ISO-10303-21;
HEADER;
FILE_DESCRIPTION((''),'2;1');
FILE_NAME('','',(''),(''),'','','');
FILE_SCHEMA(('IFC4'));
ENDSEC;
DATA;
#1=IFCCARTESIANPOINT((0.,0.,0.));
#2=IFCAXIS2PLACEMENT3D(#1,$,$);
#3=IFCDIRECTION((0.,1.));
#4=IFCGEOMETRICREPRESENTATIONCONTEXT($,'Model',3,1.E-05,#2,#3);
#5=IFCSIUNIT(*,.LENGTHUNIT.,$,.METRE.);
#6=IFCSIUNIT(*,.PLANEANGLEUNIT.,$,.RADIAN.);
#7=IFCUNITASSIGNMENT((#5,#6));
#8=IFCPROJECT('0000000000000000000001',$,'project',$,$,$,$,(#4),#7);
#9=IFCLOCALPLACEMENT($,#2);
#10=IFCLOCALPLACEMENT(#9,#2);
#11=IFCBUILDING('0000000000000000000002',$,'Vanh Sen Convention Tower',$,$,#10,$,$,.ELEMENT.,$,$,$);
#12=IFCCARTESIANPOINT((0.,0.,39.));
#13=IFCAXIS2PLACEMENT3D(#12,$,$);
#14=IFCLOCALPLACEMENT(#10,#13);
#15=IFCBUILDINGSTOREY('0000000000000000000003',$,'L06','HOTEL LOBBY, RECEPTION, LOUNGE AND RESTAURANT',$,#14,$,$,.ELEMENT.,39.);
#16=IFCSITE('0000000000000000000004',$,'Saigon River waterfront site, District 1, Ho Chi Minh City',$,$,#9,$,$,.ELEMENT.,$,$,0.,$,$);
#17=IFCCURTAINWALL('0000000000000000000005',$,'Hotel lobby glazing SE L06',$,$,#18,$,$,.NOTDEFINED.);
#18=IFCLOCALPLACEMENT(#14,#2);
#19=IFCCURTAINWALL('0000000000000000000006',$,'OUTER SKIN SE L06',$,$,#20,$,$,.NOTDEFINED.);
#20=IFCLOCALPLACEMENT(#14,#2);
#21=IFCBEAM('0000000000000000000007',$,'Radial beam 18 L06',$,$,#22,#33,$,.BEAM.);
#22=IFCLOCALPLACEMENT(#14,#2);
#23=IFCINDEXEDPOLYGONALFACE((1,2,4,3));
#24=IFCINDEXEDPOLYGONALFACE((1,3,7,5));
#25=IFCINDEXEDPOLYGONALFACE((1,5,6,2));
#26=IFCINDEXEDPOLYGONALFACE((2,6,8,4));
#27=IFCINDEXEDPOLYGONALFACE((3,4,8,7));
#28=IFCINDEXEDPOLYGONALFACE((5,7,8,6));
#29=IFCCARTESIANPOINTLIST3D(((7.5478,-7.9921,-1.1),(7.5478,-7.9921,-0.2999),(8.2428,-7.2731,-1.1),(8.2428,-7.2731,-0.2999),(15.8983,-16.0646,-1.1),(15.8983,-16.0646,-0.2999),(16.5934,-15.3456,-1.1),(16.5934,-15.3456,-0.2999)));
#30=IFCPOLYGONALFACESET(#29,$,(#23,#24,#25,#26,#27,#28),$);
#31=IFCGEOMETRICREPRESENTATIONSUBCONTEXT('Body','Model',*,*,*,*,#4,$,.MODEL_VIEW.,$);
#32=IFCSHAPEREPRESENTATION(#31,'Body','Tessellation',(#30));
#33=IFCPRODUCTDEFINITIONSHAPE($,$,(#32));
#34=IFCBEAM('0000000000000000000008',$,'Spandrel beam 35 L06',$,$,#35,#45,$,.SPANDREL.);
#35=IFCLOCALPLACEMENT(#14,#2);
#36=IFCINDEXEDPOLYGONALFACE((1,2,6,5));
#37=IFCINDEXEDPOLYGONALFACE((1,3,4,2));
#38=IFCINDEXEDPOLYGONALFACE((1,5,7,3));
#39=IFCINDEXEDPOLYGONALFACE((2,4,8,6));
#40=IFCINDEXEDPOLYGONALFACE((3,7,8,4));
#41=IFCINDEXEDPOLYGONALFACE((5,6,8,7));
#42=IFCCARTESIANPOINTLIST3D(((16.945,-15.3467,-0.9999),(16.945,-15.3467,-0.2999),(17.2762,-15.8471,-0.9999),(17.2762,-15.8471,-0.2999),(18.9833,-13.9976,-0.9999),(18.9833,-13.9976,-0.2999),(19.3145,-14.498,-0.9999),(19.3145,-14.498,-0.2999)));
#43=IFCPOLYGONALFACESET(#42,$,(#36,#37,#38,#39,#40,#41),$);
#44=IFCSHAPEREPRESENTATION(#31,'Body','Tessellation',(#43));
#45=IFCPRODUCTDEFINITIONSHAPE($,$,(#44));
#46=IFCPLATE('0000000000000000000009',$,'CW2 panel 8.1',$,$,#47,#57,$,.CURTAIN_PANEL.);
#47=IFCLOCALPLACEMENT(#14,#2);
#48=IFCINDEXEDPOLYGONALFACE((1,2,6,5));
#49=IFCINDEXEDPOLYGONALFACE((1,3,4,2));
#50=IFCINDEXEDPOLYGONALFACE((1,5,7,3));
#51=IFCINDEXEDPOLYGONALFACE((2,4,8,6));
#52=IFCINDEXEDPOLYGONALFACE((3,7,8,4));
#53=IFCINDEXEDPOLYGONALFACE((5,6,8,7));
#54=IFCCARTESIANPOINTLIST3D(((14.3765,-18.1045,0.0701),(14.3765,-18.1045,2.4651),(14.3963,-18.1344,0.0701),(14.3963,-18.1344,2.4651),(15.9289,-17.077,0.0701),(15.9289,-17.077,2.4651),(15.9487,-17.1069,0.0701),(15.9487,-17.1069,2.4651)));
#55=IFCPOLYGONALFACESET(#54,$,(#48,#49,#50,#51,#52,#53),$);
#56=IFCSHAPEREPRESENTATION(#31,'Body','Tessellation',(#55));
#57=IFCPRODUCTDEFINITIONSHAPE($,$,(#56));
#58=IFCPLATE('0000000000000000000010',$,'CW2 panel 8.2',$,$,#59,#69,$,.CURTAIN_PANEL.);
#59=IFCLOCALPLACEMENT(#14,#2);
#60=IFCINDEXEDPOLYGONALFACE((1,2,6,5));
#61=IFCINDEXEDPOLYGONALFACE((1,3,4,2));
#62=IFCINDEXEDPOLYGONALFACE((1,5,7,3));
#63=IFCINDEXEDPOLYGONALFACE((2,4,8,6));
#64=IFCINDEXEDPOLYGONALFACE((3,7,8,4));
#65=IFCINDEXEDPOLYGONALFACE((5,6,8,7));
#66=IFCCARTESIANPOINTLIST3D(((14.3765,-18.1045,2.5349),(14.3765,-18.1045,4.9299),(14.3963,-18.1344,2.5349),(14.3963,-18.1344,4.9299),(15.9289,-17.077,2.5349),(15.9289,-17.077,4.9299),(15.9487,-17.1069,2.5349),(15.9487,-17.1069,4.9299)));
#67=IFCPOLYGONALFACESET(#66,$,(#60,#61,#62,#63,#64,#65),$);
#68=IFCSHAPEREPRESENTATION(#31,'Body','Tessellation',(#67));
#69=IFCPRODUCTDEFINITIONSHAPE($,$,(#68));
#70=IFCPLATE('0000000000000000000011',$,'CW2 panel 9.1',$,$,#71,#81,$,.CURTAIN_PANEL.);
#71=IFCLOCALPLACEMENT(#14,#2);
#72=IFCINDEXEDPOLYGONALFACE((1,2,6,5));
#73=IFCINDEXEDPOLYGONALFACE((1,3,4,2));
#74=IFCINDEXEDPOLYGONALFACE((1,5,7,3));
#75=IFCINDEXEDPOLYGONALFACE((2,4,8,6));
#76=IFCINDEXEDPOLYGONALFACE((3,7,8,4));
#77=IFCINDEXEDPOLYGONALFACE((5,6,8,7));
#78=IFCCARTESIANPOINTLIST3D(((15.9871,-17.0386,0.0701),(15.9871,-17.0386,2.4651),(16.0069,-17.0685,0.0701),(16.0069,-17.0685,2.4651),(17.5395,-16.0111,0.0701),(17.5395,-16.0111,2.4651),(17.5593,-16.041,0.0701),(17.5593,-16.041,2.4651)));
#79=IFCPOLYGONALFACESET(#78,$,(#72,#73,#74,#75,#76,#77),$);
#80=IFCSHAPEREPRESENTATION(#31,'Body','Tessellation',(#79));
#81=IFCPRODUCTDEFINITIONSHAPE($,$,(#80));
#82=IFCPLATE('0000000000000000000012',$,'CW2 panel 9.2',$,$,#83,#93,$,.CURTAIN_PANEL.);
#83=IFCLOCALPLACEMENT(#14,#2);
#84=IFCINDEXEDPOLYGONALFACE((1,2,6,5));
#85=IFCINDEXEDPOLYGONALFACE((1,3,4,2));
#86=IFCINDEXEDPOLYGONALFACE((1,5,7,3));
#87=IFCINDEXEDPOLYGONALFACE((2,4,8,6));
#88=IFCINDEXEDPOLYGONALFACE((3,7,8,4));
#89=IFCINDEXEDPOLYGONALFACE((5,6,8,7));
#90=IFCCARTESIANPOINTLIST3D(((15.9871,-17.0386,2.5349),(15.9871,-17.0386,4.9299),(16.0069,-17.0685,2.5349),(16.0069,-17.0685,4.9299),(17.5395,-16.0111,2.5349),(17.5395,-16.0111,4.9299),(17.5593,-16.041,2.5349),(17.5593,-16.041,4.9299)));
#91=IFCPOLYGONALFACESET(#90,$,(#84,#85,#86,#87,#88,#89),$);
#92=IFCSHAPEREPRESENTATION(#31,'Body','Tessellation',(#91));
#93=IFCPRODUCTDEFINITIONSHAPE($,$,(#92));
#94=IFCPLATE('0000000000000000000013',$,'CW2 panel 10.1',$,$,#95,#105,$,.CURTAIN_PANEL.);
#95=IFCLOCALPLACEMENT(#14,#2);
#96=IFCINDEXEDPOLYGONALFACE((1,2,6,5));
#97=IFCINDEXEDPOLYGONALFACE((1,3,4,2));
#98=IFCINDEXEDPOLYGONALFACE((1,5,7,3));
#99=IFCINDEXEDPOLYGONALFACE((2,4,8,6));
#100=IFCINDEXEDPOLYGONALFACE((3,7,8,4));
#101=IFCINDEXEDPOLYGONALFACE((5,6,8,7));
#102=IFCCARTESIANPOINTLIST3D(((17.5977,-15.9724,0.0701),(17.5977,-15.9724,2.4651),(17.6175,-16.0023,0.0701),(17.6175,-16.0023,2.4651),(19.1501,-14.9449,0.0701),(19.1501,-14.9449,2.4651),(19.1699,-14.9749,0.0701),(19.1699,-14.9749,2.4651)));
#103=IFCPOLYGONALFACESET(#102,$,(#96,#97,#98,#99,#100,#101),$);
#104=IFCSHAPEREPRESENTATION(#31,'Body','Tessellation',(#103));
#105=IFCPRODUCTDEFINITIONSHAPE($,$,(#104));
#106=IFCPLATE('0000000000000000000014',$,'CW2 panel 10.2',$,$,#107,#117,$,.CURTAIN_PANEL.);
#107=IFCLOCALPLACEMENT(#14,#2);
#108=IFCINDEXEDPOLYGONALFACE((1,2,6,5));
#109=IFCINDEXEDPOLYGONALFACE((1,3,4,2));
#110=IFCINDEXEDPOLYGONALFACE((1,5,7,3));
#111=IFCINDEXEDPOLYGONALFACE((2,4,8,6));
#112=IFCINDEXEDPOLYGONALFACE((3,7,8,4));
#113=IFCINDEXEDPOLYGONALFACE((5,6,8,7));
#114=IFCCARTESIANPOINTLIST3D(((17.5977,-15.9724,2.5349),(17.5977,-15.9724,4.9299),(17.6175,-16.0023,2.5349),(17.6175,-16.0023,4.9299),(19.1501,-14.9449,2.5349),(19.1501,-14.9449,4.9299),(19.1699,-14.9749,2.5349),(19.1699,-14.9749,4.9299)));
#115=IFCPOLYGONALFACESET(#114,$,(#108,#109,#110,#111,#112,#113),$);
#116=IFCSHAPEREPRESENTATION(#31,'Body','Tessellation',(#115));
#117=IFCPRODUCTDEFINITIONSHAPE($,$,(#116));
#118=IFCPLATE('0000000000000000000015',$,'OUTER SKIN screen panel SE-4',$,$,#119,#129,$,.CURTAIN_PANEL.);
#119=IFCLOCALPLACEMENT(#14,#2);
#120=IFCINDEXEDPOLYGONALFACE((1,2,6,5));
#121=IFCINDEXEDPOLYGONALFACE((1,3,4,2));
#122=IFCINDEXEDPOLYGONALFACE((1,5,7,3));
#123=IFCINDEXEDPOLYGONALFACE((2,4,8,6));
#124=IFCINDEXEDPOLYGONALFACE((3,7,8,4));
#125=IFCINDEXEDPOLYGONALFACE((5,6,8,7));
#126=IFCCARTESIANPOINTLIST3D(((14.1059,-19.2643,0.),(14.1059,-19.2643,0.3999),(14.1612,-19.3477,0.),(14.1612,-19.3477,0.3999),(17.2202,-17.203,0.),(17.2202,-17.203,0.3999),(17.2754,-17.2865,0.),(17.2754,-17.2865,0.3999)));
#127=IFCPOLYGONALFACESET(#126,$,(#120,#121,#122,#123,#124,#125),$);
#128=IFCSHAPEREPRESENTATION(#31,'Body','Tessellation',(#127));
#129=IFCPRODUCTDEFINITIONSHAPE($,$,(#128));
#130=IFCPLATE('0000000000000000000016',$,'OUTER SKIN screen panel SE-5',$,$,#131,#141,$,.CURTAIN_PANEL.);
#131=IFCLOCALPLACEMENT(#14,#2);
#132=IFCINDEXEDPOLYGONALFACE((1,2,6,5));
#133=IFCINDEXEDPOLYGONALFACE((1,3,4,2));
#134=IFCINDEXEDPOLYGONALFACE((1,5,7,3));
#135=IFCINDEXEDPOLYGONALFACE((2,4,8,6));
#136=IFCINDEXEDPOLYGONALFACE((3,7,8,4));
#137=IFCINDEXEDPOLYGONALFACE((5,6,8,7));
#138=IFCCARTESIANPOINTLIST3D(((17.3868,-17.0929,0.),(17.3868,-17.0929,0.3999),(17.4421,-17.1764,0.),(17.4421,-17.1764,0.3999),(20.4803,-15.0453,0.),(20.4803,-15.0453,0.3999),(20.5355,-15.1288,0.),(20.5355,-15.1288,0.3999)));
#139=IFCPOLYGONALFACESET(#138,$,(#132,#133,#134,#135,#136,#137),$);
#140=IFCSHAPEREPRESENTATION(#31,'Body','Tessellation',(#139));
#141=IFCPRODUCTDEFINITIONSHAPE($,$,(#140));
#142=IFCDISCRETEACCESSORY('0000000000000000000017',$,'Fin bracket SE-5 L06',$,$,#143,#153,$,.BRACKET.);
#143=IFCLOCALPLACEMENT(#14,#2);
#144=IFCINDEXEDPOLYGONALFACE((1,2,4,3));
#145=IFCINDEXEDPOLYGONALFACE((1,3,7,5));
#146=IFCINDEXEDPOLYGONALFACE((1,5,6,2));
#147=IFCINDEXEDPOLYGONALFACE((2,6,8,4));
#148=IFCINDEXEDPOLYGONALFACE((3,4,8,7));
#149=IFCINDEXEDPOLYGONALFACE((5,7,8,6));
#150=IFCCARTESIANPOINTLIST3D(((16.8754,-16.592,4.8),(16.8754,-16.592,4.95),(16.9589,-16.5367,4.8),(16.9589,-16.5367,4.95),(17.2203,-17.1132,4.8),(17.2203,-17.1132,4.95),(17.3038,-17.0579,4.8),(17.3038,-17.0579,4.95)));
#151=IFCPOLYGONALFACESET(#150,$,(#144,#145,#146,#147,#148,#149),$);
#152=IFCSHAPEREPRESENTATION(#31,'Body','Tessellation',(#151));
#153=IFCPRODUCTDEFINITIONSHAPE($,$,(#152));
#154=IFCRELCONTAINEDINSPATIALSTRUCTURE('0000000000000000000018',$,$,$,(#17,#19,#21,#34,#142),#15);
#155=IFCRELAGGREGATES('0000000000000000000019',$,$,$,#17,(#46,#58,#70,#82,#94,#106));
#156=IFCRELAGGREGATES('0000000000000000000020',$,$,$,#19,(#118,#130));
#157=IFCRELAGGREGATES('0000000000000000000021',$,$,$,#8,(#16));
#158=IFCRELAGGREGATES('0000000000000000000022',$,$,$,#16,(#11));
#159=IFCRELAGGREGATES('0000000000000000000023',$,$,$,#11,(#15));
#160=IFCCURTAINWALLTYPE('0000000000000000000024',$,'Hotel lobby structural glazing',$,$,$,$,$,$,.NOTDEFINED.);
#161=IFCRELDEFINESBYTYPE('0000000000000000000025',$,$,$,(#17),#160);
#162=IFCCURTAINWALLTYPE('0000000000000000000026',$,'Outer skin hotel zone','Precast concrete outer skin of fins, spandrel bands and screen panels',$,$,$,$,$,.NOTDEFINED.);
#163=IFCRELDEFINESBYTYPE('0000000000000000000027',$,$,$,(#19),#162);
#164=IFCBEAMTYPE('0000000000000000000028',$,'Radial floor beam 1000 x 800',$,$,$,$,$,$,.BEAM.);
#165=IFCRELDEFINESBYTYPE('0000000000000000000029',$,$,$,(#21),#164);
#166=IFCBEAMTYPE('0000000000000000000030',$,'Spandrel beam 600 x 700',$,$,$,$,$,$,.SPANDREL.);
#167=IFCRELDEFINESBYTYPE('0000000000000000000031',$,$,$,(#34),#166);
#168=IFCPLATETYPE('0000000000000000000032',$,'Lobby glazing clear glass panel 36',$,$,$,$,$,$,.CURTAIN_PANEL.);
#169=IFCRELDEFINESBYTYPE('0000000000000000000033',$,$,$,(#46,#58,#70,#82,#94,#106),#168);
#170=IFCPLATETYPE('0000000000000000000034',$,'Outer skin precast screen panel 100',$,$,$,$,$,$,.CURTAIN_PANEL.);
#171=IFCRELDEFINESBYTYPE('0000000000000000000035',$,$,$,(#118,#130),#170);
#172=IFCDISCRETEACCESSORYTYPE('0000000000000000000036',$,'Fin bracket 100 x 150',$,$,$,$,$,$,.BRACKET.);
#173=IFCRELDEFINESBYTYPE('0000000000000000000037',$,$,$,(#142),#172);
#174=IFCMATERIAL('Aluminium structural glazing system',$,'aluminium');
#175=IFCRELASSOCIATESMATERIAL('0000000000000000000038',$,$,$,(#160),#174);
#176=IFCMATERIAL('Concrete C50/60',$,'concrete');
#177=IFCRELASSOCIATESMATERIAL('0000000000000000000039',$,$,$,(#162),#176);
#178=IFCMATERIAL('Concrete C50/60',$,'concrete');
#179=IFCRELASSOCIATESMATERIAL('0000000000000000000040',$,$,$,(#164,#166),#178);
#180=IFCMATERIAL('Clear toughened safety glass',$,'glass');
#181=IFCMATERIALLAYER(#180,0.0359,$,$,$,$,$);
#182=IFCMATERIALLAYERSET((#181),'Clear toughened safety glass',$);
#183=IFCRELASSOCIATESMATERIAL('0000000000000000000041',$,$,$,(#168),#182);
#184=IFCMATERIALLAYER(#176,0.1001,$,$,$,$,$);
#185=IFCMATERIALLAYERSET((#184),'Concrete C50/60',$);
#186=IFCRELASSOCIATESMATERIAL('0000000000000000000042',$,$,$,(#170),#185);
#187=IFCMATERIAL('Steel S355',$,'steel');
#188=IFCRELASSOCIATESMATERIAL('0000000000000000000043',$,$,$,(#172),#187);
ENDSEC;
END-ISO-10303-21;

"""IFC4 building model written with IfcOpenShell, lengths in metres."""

from ifc_helpers import new_model, si_unit, direction, frame, origin, origin_2d, place, context, subcontext, project, spatial, rectangle, extrude, material, layer, layer_set, material_profile, profile_set, type_object, element, aggregate, save


model = new_model("IFC4")

# Units and contexts
model_context = context("Model", 3, precision=1e-05, world=origin(), true_north=direction((0.0, 1.0)))
body_context = subcontext(model_context, "Body", "Model", "MODEL_VIEW")
ifc_project = project(units=[si_unit("LENGTHUNIT", "METRE"), si_unit("PLANEANGLEUNIT", "RADIAN")], contexts=[model_context])

# Site, building, storey
site_placement = place(None, origin())
site = spatial("IfcSite", under=ifc_project, at=site_placement, Name="Saigon River waterfront site, District 1, Ho Chi Minh City", CompositionType="ELEMENT", RefElevation=0.0)
building_placement = place(site_placement, origin())
building = spatial("IfcBuilding", under=site, at=building_placement, Name="Vanh Sen Convention Tower", CompositionType="ELEMENT")
storey_placement = place(building_placement, frame((0.0, 0.0, 39.0)))
storey = spatial("IfcBuildingStorey", under=building, at=storey_placement, Name="L06", Description="HOTEL LOBBY, RECEPTION, LOUNGE AND RESTAURANT", CompositionType="ELEMENT", Elevation=39.0)

# Curtain wall
ifc_material_1 = material(Name="Aluminium structural glazing system", Category="aluminium")
curtain_wall_type_1 = type_object("IfcCurtainWallType", Name="Hotel lobby structural glazing", PredefinedType="NOTDEFINED", material=ifc_material_1)
curtain_wall_1_placement = place(storey_placement, origin())
curtain_wall_1 = element("IfcCurtainWall", 1, at=curtain_wall_1_placement, inside=storey, type_object=curtain_wall_type_1, Name="Hotel lobby glazing SE L06", PredefinedType="NOTDEFINED")

# Curtain wall
ifc_material_2 = material(Name="Concrete C50/60", Category="concrete")
curtain_wall_type_2 = type_object("IfcCurtainWallType", Name="Outer skin hotel zone", Description="Precast concrete outer skin of fins, spandrel bands and screen panels", PredefinedType="NOTDEFINED", material=ifc_material_2)
curtain_wall_2_placement = place(storey_placement, origin())
curtain_wall_2 = element("IfcCurtainWall", 2, at=curtain_wall_2_placement, inside=storey, type_object=curtain_wall_type_2, Name="OUTER SKIN SE L06", PredefinedType="NOTDEFINED")

# Beams
ifc_material_3 = material(Name="Concrete C50/60", Category="concrete")
ifc_material_profile_1 = material_profile(ifc_material_3, rectangle(XDim=1.0, YDim=0.8, at=origin_2d()), Name="RC 1000X800")
ifc_profile_set_1 = profile_set([ifc_material_profile_1], Name="Concrete C50/60")
beam_type_1 = type_object("IfcBeamType", Name="Radial floor beam 1000 x 800", PredefinedType="BEAM", material=ifc_profile_set_1)
beam_1_placement = place(storey_placement, frame((16.2458, -15.7051, -0.7), z_axis=(-0.718976, 0.695034, 0.0), x_axis=(-0.695034, -0.718976, 0.0)))
element("IfcBeam", 3, at=beam_1_placement, inside=storey, type_object=beam_type_1, Name="Radial beam 18 L06", PredefinedType="BEAM", context=body_context, shape_type="SweptSolid", body=[
    extrude(rectangle(XDim=1.0, YDim=0.8, at=origin_2d()), origin(), (0.0, 0.0, 1.0), 11.6145),
])
ifc_material_profile_2 = material_profile(ifc_material_3, rectangle(XDim=0.6001, YDim=0.7, at=origin_2d()), Name="RC 600X700")
ifc_profile_set_2 = profile_set([ifc_material_profile_2], Name="Concrete C50/60")
beam_type_2 = type_object("IfcBeamType", Name="Spandrel beam 600 x 700", PredefinedType="SPANDREL", material=ifc_profile_set_2)
beam_2_placement = place(storey_placement, frame((17.1106, -15.5969, -0.6499), z_axis=(0.83389, 0.551931, 0.0), x_axis=(-0.551931, 0.83389, 0.0)))
element("IfcBeam", 4, at=beam_2_placement, inside=storey, type_object=beam_type_2, Name="Spandrel beam 35 L06", PredefinedType="SPANDREL", context=body_context, shape_type="SweptSolid", body=[
    extrude(rectangle(XDim=0.6001, YDim=0.7, at=origin_2d()), origin(), (0.0, 0.0, 1.0), 2.4443),
])

# Plates
ifc_material_4 = material(Name="Clear toughened safety glass", Category="glass")
ifc_layer_1 = layer(ifc_material_4, 0.0359)
ifc_layer_set_1 = layer_set([ifc_layer_1], Name="Clear toughened safety glass")
plate_type_1 = type_object("IfcPlateType", Name="Lobby glazing clear glass panel 36", PredefinedType="CURTAIN_PANEL", material=ifc_layer_set_1)
plate_1_placement = place(storey_placement, frame((15.1626, -17.6057, 0.0701), z_axis=(0.0, 0.0, 1.0), x_axis=(0.833886, 0.551937, 0.0)))
plate_1 = element("IfcPlate", 5, at=plate_1_placement, type_object=plate_type_1, Name="CW2 panel 8.1", PredefinedType="CURTAIN_PANEL", context=body_context, shape_type="SweptSolid", body=[
    extrude(rectangle(XDim=1.8616, YDim=0.0359, at=origin_2d()), origin(), (0.0, 0.0, 1.0), 2.395),
])
plate_2_placement = place(storey_placement, frame((15.1626, -17.6057, 2.5349), z_axis=(0.0, 0.0, 1.0), x_axis=(0.833886, 0.551937, 0.0)))
plate_2 = element("IfcPlate", 6, at=plate_2_placement, type_object=plate_type_1, Name="CW2 panel 8.2", PredefinedType="CURTAIN_PANEL", context=body_context, shape_type="SweptSolid", body=[
    extrude(rectangle(XDim=1.8616, YDim=0.0359, at=origin_2d()), origin(), (0.0, 0.0, 1.0), 2.395),
])
plate_3_placement = place(storey_placement, frame((16.7732, -16.5398, 0.0701), z_axis=(0.0, 0.0, 1.0), x_axis=(0.833886, 0.551937, 0.0)))
plate_3 = element("IfcPlate", 7, at=plate_3_placement, type_object=plate_type_1, Name="CW2 panel 9.1", PredefinedType="CURTAIN_PANEL", context=body_context, shape_type="SweptSolid", body=[
    extrude(rectangle(XDim=1.8616, YDim=0.0359, at=origin_2d()), origin(), (0.0, 0.0, 1.0), 2.395),
])
plate_4_placement = place(storey_placement, frame((16.7732, -16.5398, 2.5349), z_axis=(0.0, 0.0, 1.0), x_axis=(0.833886, 0.551937, 0.0)))
plate_4 = element("IfcPlate", 8, at=plate_4_placement, type_object=plate_type_1, Name="CW2 panel 9.2", PredefinedType="CURTAIN_PANEL", context=body_context, shape_type="SweptSolid", body=[
    extrude(rectangle(XDim=1.8616, YDim=0.0359, at=origin_2d()), origin(), (0.0, 0.0, 1.0), 2.395),
])
plate_5_placement = place(storey_placement, frame((18.3838, -15.4736, 0.0701), z_axis=(0.0, 0.0, 1.0), x_axis=(0.833886, 0.551937, 0.0)))
plate_5 = element("IfcPlate", 9, at=plate_5_placement, type_object=plate_type_1, Name="CW2 panel 10.1", PredefinedType="CURTAIN_PANEL", context=body_context, shape_type="SweptSolid", body=[
    extrude(rectangle(XDim=1.8616, YDim=0.0359, at=origin_2d()), origin(), (0.0, 0.0, 1.0), 2.395),
])
plate_6_placement = place(storey_placement, frame((18.3838, -15.4736, 2.5349), z_axis=(0.0, 0.0, 1.0), x_axis=(0.833886, 0.551937, 0.0)))
plate_6 = element("IfcPlate", 10, at=plate_6_placement, type_object=plate_type_1, Name="CW2 panel 10.2", PredefinedType="CURTAIN_PANEL", context=body_context, shape_type="SweptSolid", body=[
    extrude(rectangle(XDim=1.8616, YDim=0.0359, at=origin_2d()), origin(), (0.0, 0.0, 1.0), 2.395),
])
aggregate(curtain_wall_1, [plate_1, plate_2, plate_3, plate_4, plate_5, plate_6])
ifc_layer_2 = layer(ifc_material_2, 0.1001)
ifc_layer_set_2 = layer_set([ifc_layer_2], Name="Concrete C50/60")
plate_type_2 = type_object("IfcPlateType", Name="Outer skin precast screen panel 100", PredefinedType="CURTAIN_PANEL", material=ifc_layer_set_2)
plate_7_placement = place(storey_placement, frame((15.6907, -18.2754, 0.0), z_axis=(0.0, 0.0, 1.0), x_axis=(0.833892, 0.551928, 0.0)))
plate_7 = element("IfcPlate", 11, at=plate_7_placement, type_object=plate_type_2, Name="OUTER SKIN screen panel SE-4", PredefinedType="CURTAIN_PANEL", context=body_context, shape_type="SweptSolid", body=[
    extrude(rectangle(XDim=3.7346, YDim=0.1001, at=origin_2d()), origin(), (0.0, 0.0, 1.0), 0.3999),
])
plate_8_placement = place(storey_placement, frame((18.9612, -16.1108, 0.0), z_axis=(0.0, 0.0, 1.0), x_axis=(0.83388, 0.551946, 0.0)))
plate_8 = element("IfcPlate", 12, at=plate_8_placement, type_object=plate_type_2, Name="OUTER SKIN screen panel SE-5", PredefinedType="CURTAIN_PANEL", context=body_context, shape_type="SweptSolid", body=[
    extrude(rectangle(XDim=3.7097, YDim=0.1001, at=origin_2d()), origin(), (0.0, 0.0, 1.0), 0.3999),
])
aggregate(curtain_wall_2, [plate_7, plate_8])

# Discrete accessory
ifc_material_5 = material(Name="Steel S355", Category="steel")
discrete_accessory_type = type_object("IfcDiscreteAccessoryType", Name="Fin bracket 100 x 150", PredefinedType="BRACKET", material=ifc_material_5)
discrete_accessory_placement = place(storey_placement, frame((17.0896, -16.825, 4.8), z_axis=(0.0, 0.0, 1.0), x_axis=(0.551937, -0.833886, 0.0)))
element("IfcDiscreteAccessory", 13, at=discrete_accessory_placement, inside=storey, type_object=discrete_accessory_type, Name="Fin bracket SE-5 L06", PredefinedType="BRACKET", context=body_context, shape_type="SweptSolid", body=[
    extrude(rectangle(XDim=0.625, YDim=0.1001, at=origin_2d()), origin(), (0.0, 0.0, 1.0), 0.1499),
])

save(model, "model.ifc")
